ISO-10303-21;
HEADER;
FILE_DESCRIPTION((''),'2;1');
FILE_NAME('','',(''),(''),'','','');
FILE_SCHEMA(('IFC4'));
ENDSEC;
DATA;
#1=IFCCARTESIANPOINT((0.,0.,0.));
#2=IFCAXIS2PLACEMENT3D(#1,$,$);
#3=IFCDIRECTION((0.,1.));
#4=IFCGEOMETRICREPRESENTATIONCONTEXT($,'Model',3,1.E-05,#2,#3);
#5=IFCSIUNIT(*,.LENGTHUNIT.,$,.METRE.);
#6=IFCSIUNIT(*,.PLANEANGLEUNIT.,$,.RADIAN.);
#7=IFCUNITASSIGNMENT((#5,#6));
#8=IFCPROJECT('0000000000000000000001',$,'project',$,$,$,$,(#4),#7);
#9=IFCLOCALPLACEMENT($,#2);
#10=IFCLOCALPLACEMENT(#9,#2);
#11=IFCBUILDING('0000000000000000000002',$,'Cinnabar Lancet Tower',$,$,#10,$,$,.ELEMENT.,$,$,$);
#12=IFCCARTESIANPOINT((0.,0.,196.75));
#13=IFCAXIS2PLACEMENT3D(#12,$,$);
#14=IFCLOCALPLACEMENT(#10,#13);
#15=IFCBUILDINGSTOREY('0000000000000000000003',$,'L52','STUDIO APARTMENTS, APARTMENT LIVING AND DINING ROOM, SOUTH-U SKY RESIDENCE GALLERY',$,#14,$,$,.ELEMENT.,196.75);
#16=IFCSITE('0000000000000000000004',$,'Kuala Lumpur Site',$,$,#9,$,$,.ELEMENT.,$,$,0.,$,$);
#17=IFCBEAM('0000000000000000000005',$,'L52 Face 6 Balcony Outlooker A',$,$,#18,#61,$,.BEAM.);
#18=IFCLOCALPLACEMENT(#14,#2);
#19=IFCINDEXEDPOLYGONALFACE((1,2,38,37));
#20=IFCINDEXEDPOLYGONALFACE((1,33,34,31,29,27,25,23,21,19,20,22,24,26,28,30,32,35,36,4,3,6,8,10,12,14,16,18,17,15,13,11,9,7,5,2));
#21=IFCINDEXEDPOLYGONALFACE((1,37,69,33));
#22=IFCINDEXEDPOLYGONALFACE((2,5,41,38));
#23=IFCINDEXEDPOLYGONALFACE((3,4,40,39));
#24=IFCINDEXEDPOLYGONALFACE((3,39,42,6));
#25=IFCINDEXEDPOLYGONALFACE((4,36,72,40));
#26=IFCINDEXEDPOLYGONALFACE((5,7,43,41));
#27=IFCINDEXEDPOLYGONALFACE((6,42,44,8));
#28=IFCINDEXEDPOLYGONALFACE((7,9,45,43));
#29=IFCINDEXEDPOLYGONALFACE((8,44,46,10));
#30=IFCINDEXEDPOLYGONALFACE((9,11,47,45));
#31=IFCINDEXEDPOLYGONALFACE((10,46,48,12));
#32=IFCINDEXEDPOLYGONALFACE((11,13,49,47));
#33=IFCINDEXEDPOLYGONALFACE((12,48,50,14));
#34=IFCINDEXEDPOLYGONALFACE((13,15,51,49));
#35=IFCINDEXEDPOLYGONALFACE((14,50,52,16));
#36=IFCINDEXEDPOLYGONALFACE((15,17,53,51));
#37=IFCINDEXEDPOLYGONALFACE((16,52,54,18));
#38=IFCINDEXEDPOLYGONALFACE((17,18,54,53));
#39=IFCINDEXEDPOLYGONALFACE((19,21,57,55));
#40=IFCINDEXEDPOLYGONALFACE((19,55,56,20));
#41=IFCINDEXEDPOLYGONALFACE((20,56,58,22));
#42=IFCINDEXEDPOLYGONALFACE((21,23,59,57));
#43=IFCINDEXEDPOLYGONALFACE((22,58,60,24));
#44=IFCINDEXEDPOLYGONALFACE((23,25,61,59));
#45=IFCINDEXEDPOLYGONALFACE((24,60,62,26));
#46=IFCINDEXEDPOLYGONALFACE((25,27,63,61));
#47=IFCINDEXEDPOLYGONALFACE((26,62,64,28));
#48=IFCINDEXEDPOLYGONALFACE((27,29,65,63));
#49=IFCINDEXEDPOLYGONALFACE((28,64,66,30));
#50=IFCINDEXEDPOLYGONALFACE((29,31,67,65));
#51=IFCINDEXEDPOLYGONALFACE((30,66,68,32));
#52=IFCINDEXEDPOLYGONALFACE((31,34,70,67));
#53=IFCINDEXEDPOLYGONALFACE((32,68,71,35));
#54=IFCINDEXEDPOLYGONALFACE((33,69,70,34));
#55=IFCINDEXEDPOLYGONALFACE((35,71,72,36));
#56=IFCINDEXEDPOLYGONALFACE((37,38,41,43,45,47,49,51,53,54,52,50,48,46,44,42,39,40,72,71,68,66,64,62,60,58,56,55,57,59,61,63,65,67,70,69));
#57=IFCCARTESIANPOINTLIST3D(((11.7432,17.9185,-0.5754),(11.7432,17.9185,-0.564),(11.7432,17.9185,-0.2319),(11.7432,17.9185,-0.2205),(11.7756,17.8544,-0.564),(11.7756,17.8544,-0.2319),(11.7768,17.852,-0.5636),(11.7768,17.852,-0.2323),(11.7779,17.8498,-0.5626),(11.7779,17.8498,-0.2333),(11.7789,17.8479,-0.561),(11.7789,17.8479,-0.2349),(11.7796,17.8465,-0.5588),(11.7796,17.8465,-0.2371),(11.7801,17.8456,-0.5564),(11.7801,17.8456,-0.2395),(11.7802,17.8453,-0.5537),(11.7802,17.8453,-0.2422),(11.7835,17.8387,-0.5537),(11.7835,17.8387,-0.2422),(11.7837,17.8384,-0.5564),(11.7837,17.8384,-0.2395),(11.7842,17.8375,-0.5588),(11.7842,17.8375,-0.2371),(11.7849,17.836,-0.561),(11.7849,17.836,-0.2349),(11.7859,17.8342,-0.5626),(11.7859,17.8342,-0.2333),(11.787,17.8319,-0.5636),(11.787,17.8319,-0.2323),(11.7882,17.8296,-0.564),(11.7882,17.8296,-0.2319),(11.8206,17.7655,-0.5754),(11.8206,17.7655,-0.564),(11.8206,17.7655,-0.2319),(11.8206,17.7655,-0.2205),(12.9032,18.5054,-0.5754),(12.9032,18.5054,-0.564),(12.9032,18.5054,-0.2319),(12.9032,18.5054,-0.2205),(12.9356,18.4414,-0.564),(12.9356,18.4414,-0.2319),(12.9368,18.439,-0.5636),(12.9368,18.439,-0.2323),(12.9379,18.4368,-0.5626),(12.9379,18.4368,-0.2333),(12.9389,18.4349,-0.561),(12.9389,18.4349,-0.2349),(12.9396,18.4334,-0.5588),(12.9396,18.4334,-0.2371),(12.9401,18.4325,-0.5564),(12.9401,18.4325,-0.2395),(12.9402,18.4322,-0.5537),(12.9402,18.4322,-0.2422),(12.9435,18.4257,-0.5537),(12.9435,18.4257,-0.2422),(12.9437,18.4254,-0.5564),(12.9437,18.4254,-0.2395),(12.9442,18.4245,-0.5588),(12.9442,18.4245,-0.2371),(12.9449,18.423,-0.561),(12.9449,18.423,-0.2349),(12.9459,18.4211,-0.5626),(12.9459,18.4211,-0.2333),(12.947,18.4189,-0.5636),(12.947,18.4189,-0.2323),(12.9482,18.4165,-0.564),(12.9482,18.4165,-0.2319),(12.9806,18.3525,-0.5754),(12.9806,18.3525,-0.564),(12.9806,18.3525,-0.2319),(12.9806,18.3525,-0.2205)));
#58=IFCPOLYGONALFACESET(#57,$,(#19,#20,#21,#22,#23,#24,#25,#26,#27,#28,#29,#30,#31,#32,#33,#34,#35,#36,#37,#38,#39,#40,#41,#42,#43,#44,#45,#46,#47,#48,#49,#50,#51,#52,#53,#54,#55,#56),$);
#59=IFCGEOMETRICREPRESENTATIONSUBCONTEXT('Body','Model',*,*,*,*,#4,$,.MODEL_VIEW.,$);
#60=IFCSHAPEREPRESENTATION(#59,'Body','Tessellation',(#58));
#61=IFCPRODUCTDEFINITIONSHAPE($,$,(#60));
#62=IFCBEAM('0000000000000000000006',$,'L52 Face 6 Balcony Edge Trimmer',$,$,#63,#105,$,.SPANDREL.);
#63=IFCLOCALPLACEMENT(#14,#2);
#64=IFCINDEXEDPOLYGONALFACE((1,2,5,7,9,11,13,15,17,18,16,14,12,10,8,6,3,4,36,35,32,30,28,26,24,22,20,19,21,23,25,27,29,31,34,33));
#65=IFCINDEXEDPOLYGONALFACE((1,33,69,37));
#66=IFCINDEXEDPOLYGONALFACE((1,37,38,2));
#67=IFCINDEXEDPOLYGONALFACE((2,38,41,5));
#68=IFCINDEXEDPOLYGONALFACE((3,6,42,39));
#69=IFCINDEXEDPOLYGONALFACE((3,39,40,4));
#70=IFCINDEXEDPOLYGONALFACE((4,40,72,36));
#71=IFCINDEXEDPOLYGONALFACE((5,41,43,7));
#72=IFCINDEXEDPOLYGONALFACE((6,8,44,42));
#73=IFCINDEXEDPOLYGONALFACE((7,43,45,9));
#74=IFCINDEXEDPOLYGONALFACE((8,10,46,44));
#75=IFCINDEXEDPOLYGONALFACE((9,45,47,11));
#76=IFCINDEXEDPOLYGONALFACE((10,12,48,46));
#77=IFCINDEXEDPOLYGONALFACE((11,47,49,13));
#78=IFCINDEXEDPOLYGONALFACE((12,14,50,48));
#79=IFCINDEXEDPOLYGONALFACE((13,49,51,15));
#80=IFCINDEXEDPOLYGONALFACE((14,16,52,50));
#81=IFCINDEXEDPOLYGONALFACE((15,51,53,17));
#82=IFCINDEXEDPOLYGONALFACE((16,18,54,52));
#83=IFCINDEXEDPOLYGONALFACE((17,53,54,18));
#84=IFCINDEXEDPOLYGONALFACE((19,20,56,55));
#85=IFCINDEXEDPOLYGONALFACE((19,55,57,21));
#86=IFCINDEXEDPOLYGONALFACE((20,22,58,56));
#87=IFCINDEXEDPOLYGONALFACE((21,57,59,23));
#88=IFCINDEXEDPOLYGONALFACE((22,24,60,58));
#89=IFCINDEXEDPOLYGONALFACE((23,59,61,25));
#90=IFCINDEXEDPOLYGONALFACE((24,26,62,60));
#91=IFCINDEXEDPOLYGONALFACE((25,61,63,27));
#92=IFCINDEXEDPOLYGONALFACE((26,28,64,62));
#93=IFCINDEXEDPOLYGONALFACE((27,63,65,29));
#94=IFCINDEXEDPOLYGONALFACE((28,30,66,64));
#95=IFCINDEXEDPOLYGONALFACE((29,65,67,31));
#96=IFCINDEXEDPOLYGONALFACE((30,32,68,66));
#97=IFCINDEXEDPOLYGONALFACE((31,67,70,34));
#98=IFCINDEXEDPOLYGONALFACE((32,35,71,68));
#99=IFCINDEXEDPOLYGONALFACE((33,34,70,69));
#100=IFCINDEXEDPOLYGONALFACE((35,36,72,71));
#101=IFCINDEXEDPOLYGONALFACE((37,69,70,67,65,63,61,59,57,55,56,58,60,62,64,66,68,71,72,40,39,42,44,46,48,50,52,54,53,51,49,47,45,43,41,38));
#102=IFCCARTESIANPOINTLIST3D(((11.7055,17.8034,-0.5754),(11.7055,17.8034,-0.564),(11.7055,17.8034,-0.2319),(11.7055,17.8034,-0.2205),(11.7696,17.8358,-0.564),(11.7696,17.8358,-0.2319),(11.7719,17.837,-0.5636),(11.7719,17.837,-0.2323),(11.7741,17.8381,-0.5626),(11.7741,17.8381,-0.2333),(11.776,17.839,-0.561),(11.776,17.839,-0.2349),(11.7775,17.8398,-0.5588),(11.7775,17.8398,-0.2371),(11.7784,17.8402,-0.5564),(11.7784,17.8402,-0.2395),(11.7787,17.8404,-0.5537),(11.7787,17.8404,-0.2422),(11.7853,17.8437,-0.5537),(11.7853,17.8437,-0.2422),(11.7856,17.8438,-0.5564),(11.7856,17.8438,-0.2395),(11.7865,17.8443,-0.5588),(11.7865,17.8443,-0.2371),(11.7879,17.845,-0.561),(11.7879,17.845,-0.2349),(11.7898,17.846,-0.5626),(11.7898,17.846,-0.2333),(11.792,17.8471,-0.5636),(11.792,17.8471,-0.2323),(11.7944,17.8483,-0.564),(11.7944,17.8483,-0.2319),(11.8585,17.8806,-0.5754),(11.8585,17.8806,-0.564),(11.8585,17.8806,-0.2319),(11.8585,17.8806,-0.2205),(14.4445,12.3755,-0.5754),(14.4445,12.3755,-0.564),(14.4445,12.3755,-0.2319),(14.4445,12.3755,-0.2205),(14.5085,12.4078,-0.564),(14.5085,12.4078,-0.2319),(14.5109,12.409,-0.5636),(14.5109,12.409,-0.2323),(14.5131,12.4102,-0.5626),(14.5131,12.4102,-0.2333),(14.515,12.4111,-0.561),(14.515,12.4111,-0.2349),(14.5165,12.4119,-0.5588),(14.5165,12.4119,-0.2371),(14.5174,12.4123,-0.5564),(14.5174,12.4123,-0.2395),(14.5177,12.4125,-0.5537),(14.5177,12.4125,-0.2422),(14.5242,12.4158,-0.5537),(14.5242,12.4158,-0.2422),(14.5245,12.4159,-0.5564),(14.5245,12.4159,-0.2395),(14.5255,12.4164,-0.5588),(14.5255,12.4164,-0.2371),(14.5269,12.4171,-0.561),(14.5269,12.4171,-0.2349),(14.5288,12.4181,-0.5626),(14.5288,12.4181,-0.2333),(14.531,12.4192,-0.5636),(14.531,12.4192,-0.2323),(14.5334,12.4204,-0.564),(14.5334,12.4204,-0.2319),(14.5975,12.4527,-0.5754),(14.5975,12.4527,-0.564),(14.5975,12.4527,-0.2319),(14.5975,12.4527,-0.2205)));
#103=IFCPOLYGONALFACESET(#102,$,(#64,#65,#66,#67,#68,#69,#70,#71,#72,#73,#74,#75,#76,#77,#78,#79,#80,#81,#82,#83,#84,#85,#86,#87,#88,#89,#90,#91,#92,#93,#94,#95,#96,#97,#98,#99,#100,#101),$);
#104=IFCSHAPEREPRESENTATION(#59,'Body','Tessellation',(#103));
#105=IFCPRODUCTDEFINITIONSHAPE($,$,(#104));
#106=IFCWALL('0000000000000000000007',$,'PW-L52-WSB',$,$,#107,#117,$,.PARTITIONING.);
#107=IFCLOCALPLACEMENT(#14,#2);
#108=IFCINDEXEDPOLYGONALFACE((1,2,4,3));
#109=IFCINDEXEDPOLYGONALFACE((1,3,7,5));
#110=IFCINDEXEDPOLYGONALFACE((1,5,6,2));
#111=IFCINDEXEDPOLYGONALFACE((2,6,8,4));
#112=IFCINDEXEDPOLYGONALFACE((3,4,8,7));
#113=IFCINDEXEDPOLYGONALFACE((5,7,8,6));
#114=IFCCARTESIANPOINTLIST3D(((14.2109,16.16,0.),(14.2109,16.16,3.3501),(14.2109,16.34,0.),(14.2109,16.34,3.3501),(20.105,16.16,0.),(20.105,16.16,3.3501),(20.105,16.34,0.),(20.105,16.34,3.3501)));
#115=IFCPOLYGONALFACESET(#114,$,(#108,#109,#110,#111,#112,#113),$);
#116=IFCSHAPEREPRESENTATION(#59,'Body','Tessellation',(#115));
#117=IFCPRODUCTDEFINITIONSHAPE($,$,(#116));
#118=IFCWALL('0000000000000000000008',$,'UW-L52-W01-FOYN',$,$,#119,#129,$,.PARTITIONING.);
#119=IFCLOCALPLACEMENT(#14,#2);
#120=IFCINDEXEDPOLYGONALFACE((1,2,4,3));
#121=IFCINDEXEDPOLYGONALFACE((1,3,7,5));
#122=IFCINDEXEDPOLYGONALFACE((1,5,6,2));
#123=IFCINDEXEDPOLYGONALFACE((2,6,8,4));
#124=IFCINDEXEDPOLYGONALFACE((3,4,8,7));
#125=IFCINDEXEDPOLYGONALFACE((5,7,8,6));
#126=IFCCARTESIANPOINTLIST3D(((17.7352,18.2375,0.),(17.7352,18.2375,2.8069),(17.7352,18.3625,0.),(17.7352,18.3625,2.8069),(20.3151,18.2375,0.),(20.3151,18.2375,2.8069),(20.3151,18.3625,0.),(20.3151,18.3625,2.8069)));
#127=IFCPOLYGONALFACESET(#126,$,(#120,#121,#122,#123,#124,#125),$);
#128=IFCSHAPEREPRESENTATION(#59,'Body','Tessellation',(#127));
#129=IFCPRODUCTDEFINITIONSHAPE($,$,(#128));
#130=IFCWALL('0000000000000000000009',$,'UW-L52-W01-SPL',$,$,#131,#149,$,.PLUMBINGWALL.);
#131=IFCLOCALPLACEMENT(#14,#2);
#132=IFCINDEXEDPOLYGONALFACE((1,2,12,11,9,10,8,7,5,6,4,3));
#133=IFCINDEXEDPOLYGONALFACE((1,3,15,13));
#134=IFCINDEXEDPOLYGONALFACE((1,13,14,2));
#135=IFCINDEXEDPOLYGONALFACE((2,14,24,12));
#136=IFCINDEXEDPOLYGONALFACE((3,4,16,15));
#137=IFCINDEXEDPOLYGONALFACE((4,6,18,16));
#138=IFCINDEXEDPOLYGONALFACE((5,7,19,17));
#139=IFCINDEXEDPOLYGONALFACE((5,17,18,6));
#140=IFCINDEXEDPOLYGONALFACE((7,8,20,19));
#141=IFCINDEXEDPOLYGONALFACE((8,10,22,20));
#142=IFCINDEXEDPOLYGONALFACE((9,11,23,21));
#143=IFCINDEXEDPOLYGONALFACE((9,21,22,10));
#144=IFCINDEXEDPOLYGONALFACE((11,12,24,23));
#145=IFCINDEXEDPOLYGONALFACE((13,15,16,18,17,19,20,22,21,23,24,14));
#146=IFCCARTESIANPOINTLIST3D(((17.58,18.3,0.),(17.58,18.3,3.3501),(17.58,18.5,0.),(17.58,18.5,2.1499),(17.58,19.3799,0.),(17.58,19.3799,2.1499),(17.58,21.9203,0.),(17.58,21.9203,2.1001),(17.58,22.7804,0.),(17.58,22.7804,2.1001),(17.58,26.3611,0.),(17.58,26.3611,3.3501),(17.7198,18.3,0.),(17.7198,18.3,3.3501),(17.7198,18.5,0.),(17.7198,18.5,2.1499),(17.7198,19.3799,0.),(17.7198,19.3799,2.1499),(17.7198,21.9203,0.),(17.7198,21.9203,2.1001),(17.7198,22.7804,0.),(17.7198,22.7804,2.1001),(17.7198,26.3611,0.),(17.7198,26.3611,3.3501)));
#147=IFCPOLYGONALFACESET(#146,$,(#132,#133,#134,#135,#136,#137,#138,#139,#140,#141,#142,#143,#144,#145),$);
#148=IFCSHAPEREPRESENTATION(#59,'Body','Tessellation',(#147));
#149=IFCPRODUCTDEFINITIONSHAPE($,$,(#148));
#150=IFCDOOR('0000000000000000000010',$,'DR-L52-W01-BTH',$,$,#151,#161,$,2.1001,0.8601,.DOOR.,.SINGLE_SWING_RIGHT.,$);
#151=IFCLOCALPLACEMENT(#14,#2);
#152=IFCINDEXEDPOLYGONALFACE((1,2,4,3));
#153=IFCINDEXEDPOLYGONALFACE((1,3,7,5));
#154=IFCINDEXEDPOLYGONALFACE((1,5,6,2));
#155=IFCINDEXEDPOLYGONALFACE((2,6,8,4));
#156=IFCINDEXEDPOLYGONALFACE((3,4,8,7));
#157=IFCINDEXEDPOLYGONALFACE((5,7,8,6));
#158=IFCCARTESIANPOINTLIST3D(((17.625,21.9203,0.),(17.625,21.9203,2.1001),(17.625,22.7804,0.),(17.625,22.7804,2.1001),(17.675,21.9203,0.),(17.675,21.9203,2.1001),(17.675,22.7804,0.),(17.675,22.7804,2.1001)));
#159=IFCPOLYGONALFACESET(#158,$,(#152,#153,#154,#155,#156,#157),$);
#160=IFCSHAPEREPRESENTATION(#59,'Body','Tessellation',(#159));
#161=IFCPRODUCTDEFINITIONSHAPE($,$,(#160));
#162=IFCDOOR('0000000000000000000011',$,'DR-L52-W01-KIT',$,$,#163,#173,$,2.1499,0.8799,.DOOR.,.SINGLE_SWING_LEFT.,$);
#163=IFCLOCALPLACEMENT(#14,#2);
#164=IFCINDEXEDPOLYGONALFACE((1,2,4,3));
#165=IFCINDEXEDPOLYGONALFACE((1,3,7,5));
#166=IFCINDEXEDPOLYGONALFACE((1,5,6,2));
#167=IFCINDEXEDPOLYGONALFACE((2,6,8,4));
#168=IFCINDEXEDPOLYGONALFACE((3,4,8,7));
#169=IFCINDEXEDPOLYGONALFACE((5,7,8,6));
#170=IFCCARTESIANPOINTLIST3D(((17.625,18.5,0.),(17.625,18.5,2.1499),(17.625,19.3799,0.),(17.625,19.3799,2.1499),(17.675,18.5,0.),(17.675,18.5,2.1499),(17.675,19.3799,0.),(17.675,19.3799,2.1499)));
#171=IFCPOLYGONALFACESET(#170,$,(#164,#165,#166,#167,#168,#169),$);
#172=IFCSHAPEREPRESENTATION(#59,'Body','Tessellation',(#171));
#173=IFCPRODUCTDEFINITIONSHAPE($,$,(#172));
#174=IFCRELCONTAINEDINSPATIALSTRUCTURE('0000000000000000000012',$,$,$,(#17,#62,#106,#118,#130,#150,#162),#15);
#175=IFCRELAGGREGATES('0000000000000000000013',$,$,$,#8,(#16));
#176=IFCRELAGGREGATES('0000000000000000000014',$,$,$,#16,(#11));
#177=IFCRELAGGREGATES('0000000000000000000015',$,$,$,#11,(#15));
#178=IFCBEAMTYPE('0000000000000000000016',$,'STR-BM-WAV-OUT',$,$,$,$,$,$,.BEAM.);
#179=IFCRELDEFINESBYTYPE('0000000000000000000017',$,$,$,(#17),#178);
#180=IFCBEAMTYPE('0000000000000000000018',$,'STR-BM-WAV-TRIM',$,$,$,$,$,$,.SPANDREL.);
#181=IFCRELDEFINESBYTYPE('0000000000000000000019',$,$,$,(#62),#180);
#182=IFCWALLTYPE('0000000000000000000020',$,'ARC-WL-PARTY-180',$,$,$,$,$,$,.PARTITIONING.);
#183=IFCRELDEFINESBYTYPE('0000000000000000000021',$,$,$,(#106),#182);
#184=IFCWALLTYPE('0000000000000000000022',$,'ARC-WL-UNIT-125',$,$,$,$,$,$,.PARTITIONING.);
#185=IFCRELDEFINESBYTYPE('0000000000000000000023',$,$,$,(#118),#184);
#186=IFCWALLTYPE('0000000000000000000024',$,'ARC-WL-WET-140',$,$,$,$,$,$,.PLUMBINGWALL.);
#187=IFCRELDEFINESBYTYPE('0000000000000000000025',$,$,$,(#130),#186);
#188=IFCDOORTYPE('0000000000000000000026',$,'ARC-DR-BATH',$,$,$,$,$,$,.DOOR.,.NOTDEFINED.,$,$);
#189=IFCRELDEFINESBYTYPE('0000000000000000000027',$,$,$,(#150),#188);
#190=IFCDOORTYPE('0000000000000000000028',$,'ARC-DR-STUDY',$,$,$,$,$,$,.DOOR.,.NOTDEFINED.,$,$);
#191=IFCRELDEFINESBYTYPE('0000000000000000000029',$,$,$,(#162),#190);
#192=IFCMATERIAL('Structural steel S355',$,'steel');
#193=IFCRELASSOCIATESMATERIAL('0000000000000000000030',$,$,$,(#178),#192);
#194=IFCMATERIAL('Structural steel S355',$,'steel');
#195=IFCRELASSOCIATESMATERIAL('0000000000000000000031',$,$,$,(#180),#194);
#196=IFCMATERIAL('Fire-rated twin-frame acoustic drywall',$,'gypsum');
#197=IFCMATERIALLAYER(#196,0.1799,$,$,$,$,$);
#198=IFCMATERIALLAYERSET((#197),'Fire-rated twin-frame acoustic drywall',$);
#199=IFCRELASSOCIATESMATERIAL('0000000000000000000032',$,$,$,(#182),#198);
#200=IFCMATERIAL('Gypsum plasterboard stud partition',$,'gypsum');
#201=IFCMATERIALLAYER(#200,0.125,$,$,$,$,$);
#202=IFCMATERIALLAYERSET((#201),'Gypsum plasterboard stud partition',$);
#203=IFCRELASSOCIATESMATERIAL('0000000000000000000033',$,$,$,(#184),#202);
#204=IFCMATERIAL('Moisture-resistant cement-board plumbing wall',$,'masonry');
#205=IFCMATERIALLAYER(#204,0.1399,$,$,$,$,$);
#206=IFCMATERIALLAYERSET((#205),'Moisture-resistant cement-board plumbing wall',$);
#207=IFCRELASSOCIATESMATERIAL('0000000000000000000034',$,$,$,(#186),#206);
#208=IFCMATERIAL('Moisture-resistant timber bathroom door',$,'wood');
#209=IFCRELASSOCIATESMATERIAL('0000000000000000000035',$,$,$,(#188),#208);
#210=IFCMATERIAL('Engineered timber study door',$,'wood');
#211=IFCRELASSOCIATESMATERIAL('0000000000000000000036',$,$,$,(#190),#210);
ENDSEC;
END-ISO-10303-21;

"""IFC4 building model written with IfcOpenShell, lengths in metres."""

from ifc_helpers import new_model, si_unit, direction, frame, frame_2d, origin, origin_2d, place, context, subcontext, project, spatial, rectangle, i_section, extrude, material, layer, layer_set, material_profile, profile_set, type_object, element, fill, save


model = new_model("IFC4")

# Units and contexts
model_context = context("Model", 3, precision=1e-05, world=origin(), true_north=direction((0.0, 1.0)))
body_context = subcontext(model_context, "Body", "Model", "MODEL_VIEW")
ifc_project = project(units=[si_unit("LENGTHUNIT", "METRE"), si_unit("PLANEANGLEUNIT", "RADIAN")], contexts=[model_context])

# Site, building, storey
site_placement = place(None, origin())
site = spatial("IfcSite", under=ifc_project, at=site_placement, Name="Kuala Lumpur Site", CompositionType="ELEMENT", RefElevation=0.0)
building_placement = place(site_placement, origin())
building = spatial("IfcBuilding", under=site, at=building_placement, Name="Cinnabar Lancet Tower", CompositionType="ELEMENT")
storey_placement = place(building_placement, frame((0.0, 0.0, 196.75)))
storey = spatial("IfcBuildingStorey", under=building, at=storey_placement, Name="L52", Description="STUDIO APARTMENTS, APARTMENT LIVING AND DINING ROOM, SOUTH-U SKY RESIDENCE GALLERY", CompositionType="ELEMENT", Elevation=196.75)

# Beams
ifc_material_1 = material(Name="Structural steel S355", Category="steel")
ifc_material_profile_1 = material_profile(ifc_material_1, i_section(OverallWidth=0.1714, OverallDepth=0.355, WebThickness=0.0073, FlangeThickness=0.0115, FilletRadius=0.0103, at=origin_2d()), Name="UKB 356x171x51")
ifc_profile_set_1 = profile_set([ifc_material_profile_1], Name="Structural steel S355")
beam_type_1 = type_object("IfcBeamType", Name="STR-BM-WAV-OUT", PredefinedType="BEAM", material=ifc_profile_set_1)
beam_1_placement = place(storey_placement, frame((12.9419, 18.429, -0.3979), z_axis=(-0.892276, -0.45149, 0.0), x_axis=(0.45149, -0.892276, 0.0)))
element("IfcBeam", 1, at=beam_1_placement, inside=storey, type_object=beam_type_1, Name="L52 Face 6 Balcony Outlooker A", PredefinedType="BEAM", context=body_context, shape_type="SweptSolid", body=[
    extrude(i_section(OverallWidth=0.1714, OverallDepth=0.355, WebThickness=0.0073, FlangeThickness=0.0115, FilletRadius=0.0103, at=origin_2d()), origin(), (0.0, 0.0, 1.0), 1.3),
])
ifc_material_2 = material(Name="Structural steel S355", Category="steel")
ifc_material_profile_2 = material_profile(ifc_material_2, i_section(OverallWidth=0.1714, OverallDepth=0.355, WebThickness=0.0073, FlangeThickness=0.0115, FilletRadius=0.0103, at=origin_2d()), Name="UKB 356x171x51")
ifc_profile_set_2 = profile_set([ifc_material_profile_2], Name="Structural steel S355")
beam_type_2 = type_object("IfcBeamType", Name="STR-BM-WAV-TRIM", PredefinedType="SPANDREL", material=ifc_profile_set_2)
beam_2_placement = place(storey_placement, frame((11.782, 17.842, -0.3979), z_axis=(0.450503, -0.892775, 0.0), x_axis=(0.892775, 0.450503, 0.0)))
element("IfcBeam", 2, at=beam_2_placement, inside=storey, type_object=beam_type_2, Name="L52 Face 6 Balcony Edge Trimmer", PredefinedType="SPANDREL", context=body_context, shape_type="SweptSolid", body=[
    extrude(i_section(OverallWidth=0.1714, OverallDepth=0.355, WebThickness=0.0073, FlangeThickness=0.0115, FilletRadius=0.0103, at=origin_2d()), origin(), (0.0, 0.0, 1.0), 6.0798),
])

# Walls
ifc_material_3 = material(Name="Fire-rated twin-frame acoustic drywall", Category="gypsum")
ifc_layer_1 = layer(ifc_material_3, 0.1799)
ifc_layer_set_1 = layer_set([ifc_layer_1], Name="Fire-rated twin-frame acoustic drywall")
wall_type_1 = type_object("IfcWallType", Name="ARC-WL-PARTY-180", PredefinedType="PARTITIONING", material=ifc_layer_set_1)
wall_1_placement = place(storey_placement, frame((14.2109, 16.25, 0.0), z_axis=(0.0, 0.0, 1.0), x_axis=(1.0, 0.0, 0.0)))
element("IfcWall", 3, at=wall_1_placement, inside=storey, type_object=wall_type_1, Name="PW-L52-WSB", PredefinedType="PARTITIONING", context=body_context, shape_type="SweptSolid", body=[
    extrude(rectangle(XDim=5.894, YDim=0.1799, at=frame_2d((2.947, 0.0))), origin(), (0.0, 0.0, 1.0), 3.3501),
])
ifc_material_4 = material(Name="Gypsum plasterboard stud partition", Category="gypsum")
ifc_layer_2 = layer(ifc_material_4, 0.125)
ifc_layer_set_2 = layer_set([ifc_layer_2], Name="Gypsum plasterboard stud partition")
wall_type_2 = type_object("IfcWallType", Name="ARC-WL-UNIT-125", PredefinedType="PARTITIONING", material=ifc_layer_set_2)
wall_2_placement = place(storey_placement, frame((17.7351, 18.3, 0.0), z_axis=(0.0, 0.0, 1.0), x_axis=(1.0, 0.0, 0.0)))
element("IfcWall", 4, at=wall_2_placement, inside=storey, type_object=wall_type_2, Name="UW-L52-W01-FOYN", PredefinedType="PARTITIONING", context=body_context, shape_type="SweptSolid", body=[
    extrude(rectangle(XDim=2.5798, YDim=0.125, at=frame_2d((1.29, 0.0))), origin(), (0.0, 0.0, 1.0), 2.8069),
])

# Wall, openings, doors
ifc_material_5 = material(Name="Moisture-resistant cement-board plumbing wall", Category="masonry")
ifc_layer_3 = layer(ifc_material_5, 0.1399)
ifc_layer_set_3 = layer_set([ifc_layer_3], Name="Moisture-resistant cement-board plumbing wall")
wall_type_3 = type_object("IfcWallType", Name="ARC-WL-WET-140", PredefinedType="PLUMBINGWALL", material=ifc_layer_set_3)
wall_3_placement = place(storey_placement, frame((17.6499, 18.3, 0.0), z_axis=(0.0, 0.0, 1.0), x_axis=(0.0, 1.0, 0.0)))
wall_3 = element("IfcWall", 5, at=wall_3_placement, inside=storey, type_object=wall_type_3, Name="UW-L52-W01-SPL", PredefinedType="PLUMBINGWALL", context=body_context, shape_type="SweptSolid", body=[
    extrude(rectangle(XDim=8.061, YDim=0.1399, at=frame_2d((4.0305, 0.0))), origin(), (0.0, 0.0, 1.0), 3.3501),
])
opening_1_placement = place(wall_3_placement, frame((3.6201, 0.0, 0.0)))
opening_1 = element("IfcOpeningElement", 6, at=opening_1_placement, cuts=wall_3, PredefinedType="OPENING", context=body_context, shape_type="SweptSolid", body=[
    extrude(rectangle(XDim=0.8601, YDim=2.1001, at=frame_2d((0.4302, 1.05))), frame((0.0, 0.0798, 0.0), z_axis=(0.0, -1.0, 0.0), x_axis=(1.0, 0.0, 0.0)), (0.0, 0.0, 1.0), 0.1599),
])
opening_2_placement = place(wall_3_placement, frame((0.2, 0.0, 0.0)))
opening_2 = element("IfcOpeningElement", 7, at=opening_2_placement, cuts=wall_3, PredefinedType="OPENING", context=body_context, shape_type="SweptSolid", body=[
    extrude(rectangle(XDim=0.8799, YDim=2.1499, at=frame_2d((0.4399, 1.075))), frame((0.0, 0.0798, 0.0), z_axis=(0.0, -1.0, 0.0), x_axis=(1.0, 0.0, 0.0)), (0.0, 0.0, 1.0), 0.1599),
])
ifc_material_6 = material(Name="Moisture-resistant timber bathroom door", Category="wood")
door_type_1 = type_object("IfcDoorType", Name="ARC-DR-BATH", OperationType="NOTDEFINED", PredefinedType="DOOR", material=ifc_material_6)
door_1_placement = place(opening_1_placement, origin())
door_1 = element("IfcDoor", 8, at=door_1_placement, inside=storey, type_object=door_type_1, Name="DR-L52-W01-BTH", OperationType="SINGLE_SWING_RIGHT", OverallHeight=2.1001, OverallWidth=0.8601, PredefinedType="DOOR", context=body_context, shape_type="SweptSolid", body=[
    extrude(rectangle(XDim=0.8601, YDim=2.1001, at=frame_2d((0.4302, 1.05))), frame((0.0, 0.0249, 0.0), z_axis=(0.0, -1.0, 0.0), x_axis=(1.0, 0.0, 0.0)), (0.0, 0.0, 1.0), 0.05),
])
fill(opening_1, door_1)
ifc_material_7 = material(Name="Engineered timber study door", Category="wood")
door_type_2 = type_object("IfcDoorType", Name="ARC-DR-STUDY", OperationType="NOTDEFINED", PredefinedType="DOOR", material=ifc_material_7)
door_2_placement = place(opening_2_placement, origin())
door_2 = element("IfcDoor", 9, at=door_2_placement, inside=storey, type_object=door_type_2, Name="DR-L52-W01-KIT", OperationType="SINGLE_SWING_LEFT", OverallHeight=2.1499, OverallWidth=0.8799, PredefinedType="DOOR", context=body_context, shape_type="SweptSolid", body=[
    extrude(rectangle(XDim=0.8799, YDim=2.1499, at=frame_2d((0.4399, 1.075))), frame((0.0, 0.0249, 0.0), z_axis=(0.0, -1.0, 0.0), x_axis=(1.0, 0.0, 0.0)), (0.0, 0.0, 1.0), 0.05),
])
fill(opening_2, door_2)

save(model, "model.ifc")
